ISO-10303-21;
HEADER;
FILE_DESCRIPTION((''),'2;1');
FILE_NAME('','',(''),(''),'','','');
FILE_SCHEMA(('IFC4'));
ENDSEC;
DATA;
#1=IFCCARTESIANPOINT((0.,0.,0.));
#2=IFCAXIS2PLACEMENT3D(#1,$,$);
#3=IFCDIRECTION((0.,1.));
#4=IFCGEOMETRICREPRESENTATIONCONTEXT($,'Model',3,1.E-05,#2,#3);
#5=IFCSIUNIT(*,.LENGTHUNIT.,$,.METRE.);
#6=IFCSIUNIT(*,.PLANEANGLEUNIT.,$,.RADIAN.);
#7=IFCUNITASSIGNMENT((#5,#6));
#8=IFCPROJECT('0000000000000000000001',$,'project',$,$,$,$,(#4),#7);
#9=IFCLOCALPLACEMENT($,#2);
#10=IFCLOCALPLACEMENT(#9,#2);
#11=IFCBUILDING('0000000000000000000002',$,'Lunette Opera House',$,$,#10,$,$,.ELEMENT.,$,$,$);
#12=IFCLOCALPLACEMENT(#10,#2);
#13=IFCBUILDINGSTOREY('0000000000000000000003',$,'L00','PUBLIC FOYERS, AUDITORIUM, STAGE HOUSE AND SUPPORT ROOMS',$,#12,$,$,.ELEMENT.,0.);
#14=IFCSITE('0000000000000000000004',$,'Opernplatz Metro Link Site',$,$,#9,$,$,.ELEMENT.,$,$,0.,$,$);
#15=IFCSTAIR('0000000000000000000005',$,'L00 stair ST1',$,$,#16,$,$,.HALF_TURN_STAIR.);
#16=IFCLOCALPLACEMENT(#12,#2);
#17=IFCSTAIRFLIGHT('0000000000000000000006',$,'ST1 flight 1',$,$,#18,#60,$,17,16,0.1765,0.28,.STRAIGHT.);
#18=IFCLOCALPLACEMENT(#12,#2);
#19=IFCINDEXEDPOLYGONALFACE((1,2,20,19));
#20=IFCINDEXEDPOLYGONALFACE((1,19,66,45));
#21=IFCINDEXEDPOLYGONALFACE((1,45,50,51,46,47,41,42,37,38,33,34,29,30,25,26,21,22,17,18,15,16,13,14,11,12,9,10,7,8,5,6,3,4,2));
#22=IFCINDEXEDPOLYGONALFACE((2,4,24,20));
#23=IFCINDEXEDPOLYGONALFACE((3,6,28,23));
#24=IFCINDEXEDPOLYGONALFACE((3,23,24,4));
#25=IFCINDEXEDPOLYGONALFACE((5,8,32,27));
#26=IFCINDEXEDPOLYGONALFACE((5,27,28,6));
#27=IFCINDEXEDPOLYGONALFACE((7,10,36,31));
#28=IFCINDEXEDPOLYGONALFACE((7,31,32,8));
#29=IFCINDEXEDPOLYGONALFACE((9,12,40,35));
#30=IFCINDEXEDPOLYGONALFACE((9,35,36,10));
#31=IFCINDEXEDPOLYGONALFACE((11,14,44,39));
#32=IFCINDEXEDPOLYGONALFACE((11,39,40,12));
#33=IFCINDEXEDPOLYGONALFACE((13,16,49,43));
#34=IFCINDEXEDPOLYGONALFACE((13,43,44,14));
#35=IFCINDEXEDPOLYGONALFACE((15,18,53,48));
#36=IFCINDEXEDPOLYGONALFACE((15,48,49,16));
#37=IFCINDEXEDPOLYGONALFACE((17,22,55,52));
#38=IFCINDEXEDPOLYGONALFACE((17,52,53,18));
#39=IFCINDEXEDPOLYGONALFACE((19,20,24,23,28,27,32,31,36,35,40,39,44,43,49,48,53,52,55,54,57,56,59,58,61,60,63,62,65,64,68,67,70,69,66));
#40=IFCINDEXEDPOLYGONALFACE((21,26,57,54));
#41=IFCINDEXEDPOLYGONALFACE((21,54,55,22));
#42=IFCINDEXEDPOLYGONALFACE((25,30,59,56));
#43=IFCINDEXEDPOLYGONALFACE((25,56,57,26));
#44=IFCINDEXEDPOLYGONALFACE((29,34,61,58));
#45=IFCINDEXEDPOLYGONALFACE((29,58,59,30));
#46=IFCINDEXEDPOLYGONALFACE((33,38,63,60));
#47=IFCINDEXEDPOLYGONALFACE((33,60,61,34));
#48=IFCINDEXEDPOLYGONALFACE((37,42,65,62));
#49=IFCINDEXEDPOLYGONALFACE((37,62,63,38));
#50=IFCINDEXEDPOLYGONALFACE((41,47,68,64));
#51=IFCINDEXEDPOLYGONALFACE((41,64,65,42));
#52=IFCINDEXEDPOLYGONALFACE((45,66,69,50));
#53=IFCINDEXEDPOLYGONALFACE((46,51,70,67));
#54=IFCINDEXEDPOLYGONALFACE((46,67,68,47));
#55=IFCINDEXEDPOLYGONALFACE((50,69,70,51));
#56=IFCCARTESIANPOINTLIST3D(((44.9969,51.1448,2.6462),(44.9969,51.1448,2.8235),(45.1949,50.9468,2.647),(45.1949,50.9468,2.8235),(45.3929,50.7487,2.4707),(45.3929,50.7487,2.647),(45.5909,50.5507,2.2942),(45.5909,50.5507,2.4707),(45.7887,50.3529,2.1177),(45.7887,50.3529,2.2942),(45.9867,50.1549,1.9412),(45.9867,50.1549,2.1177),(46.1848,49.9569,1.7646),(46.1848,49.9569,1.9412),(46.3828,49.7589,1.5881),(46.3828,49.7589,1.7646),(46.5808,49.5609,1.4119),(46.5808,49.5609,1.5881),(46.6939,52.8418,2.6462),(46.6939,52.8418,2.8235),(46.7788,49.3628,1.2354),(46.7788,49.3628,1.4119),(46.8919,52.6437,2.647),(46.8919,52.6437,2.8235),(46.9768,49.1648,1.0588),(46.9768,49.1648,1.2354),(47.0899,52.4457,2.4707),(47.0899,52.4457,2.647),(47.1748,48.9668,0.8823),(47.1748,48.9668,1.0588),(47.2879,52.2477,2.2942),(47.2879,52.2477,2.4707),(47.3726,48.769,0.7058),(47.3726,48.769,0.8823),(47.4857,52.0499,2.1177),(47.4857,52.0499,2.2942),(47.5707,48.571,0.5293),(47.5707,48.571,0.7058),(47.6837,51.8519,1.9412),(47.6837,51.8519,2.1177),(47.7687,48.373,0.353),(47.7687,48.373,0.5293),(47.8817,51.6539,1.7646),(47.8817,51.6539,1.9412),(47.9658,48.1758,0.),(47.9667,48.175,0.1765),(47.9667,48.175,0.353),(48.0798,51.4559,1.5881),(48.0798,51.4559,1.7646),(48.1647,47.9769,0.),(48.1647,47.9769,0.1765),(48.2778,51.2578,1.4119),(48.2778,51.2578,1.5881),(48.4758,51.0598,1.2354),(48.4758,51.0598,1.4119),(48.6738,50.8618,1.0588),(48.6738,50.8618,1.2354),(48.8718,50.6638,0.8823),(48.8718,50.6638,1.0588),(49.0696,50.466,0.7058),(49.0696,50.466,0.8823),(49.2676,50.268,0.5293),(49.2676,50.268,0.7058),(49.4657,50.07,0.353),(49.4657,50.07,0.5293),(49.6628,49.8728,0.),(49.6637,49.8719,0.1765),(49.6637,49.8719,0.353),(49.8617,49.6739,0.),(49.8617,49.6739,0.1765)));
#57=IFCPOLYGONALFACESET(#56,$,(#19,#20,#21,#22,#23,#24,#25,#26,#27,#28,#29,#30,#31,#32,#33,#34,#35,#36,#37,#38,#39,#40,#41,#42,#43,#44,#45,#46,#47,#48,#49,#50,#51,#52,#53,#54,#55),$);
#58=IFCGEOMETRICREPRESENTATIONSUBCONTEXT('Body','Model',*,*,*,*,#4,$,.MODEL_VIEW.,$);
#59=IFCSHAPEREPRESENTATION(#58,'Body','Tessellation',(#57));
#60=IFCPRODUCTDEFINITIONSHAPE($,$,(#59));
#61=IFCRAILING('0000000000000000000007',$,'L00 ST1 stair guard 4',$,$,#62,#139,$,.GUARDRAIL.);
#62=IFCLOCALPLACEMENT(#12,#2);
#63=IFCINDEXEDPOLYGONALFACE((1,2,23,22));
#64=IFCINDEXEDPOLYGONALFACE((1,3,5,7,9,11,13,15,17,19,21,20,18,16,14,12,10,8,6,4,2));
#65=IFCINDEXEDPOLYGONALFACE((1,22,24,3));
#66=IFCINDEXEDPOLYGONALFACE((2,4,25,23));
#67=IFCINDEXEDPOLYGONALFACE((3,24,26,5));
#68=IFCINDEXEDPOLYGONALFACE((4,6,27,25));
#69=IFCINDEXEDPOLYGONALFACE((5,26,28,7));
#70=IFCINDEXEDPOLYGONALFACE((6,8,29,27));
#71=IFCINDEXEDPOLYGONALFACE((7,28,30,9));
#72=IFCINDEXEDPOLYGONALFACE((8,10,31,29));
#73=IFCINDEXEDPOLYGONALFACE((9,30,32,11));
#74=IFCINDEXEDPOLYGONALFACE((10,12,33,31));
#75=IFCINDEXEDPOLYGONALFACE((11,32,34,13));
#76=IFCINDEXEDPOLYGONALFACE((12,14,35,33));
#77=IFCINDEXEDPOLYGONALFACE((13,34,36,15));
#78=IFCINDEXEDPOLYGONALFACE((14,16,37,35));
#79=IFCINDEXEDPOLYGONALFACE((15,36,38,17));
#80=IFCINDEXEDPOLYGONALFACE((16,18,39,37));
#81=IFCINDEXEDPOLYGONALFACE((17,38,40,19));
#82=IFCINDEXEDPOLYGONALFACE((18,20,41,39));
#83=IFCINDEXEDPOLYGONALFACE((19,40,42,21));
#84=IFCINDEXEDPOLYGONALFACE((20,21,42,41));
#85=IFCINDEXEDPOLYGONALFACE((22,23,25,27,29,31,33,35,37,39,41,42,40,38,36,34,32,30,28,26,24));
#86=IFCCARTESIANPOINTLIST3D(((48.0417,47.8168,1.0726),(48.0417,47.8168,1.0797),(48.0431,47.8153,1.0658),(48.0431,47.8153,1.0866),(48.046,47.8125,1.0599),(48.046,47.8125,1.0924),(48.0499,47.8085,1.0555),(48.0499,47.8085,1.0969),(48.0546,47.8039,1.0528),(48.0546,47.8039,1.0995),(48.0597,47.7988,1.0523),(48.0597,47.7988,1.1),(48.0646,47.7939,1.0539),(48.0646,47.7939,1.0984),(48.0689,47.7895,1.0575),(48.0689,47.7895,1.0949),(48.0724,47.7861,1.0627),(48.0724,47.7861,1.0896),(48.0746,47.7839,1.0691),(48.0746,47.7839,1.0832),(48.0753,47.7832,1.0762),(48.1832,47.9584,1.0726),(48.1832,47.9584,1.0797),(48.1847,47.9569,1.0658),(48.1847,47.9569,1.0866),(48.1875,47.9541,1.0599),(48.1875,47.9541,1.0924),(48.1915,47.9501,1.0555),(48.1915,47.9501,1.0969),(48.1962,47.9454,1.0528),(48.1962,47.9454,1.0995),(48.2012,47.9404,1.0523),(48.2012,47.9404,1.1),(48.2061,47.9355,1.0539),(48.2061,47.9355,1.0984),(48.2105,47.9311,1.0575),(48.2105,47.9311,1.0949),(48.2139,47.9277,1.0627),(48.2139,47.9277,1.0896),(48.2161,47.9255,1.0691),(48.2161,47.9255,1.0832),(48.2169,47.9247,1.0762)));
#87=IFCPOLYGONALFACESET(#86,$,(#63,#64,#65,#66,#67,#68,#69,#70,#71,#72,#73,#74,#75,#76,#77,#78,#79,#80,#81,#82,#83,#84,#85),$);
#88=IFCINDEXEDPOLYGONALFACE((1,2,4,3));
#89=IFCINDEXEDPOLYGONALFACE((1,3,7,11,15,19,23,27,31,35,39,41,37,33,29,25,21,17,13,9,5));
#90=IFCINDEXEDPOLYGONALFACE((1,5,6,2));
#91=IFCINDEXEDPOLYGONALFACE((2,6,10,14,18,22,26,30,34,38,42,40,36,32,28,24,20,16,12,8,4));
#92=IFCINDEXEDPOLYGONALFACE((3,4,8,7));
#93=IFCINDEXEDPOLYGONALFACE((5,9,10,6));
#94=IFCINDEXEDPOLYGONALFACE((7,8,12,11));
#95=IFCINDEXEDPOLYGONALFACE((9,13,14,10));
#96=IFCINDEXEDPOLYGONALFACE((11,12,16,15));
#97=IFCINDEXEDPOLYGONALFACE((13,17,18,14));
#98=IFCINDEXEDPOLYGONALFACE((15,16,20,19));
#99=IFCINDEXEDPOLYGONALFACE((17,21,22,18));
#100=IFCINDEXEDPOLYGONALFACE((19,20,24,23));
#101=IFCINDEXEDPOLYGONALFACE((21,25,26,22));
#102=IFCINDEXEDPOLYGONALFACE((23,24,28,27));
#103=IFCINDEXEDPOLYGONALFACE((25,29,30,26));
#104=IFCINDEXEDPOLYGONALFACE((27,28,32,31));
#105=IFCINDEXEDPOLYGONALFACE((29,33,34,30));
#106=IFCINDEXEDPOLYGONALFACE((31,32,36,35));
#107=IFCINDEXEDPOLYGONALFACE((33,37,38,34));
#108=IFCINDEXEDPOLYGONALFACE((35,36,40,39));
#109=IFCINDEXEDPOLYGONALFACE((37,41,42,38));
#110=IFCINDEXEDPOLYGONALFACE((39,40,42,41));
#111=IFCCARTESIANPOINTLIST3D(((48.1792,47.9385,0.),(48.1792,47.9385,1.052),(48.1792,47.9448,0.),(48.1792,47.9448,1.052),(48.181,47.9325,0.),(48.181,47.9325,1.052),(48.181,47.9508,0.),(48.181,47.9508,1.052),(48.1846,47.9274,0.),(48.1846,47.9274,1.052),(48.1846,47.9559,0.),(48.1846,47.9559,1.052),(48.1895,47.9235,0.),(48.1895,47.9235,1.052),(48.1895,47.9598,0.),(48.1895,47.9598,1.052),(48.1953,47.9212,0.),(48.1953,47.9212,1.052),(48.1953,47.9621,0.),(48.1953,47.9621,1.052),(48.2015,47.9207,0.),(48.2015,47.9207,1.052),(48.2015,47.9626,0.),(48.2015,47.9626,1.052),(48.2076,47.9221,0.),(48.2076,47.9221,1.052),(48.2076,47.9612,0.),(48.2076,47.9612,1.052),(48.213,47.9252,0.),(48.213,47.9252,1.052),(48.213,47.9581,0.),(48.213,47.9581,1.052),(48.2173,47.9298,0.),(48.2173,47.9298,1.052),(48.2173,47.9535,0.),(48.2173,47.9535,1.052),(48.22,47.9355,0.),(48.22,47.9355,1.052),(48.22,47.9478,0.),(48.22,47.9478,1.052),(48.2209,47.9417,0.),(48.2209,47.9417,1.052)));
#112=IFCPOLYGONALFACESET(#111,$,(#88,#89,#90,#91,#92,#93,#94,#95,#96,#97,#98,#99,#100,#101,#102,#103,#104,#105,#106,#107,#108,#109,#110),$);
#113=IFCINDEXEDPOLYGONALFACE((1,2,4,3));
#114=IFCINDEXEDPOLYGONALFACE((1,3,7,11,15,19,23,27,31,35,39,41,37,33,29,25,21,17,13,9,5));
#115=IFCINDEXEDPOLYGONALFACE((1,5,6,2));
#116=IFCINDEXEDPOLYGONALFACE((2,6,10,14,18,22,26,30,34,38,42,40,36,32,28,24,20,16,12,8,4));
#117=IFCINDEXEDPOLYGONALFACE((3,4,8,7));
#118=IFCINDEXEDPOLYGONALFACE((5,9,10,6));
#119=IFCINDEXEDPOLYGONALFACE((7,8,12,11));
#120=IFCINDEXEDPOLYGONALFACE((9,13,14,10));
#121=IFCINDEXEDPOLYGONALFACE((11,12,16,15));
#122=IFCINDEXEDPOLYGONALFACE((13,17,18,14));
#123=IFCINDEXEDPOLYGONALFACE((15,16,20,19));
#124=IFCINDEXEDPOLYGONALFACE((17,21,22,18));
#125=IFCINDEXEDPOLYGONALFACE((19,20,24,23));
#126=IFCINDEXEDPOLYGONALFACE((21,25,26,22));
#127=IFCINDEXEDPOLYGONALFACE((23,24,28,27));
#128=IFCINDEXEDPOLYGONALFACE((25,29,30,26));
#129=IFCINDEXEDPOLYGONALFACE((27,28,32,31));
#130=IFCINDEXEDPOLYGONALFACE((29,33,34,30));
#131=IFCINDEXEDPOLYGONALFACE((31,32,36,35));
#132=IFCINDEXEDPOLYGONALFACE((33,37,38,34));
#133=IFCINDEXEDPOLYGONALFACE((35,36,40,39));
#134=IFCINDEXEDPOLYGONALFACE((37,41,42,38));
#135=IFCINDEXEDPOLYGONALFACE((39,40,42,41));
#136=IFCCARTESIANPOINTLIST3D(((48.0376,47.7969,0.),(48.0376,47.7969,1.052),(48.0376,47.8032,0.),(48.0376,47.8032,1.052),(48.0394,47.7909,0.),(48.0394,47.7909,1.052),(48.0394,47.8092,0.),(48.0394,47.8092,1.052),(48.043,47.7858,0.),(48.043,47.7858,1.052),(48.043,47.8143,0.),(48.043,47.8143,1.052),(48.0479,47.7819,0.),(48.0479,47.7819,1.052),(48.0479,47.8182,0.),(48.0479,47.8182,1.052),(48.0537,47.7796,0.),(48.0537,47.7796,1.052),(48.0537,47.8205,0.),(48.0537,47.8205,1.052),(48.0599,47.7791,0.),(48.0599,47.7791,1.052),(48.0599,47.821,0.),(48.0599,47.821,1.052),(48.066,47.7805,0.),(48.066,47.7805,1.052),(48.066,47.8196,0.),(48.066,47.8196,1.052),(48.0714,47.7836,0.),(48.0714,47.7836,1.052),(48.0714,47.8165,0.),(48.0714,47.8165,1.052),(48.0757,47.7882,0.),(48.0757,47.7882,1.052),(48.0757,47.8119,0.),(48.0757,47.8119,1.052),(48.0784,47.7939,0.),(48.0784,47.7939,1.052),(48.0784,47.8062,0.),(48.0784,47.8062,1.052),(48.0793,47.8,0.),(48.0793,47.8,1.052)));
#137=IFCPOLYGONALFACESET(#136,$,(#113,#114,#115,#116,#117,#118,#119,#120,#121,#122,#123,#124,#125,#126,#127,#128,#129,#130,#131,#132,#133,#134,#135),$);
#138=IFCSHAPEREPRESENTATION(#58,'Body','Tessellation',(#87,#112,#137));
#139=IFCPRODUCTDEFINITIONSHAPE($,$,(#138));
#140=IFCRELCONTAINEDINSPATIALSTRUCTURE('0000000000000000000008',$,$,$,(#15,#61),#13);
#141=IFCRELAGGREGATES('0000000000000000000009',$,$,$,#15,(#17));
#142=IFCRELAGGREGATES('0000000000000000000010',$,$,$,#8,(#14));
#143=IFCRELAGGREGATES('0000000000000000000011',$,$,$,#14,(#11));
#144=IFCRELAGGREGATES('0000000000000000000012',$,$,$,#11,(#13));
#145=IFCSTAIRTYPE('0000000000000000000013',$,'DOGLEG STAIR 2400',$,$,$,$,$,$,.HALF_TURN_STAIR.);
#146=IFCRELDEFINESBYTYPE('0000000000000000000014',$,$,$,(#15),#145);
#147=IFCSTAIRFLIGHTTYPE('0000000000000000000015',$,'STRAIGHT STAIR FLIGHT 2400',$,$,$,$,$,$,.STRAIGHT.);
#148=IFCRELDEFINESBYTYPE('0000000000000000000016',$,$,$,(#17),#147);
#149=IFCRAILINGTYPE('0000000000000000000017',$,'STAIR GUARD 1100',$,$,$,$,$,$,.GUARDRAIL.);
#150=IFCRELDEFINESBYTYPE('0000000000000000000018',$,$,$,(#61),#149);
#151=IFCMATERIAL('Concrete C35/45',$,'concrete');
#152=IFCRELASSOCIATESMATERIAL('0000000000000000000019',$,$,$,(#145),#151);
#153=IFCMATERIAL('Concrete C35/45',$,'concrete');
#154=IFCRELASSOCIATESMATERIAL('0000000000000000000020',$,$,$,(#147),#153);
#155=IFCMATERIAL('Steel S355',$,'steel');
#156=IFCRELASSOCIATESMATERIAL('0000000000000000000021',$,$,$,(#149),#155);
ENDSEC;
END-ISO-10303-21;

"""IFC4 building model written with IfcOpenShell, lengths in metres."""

from ifc_helpers import new_model, si_unit, direction, frame, origin, origin_2d, place, context, subcontext, project, spatial, polyline, circle, outline, extrude, material, type_object, element, aggregate, save


model = new_model("IFC4")

# Units and contexts
model_context = context("Model", 3, precision=1e-05, world=origin(), true_north=direction((0.0, 1.0)))
body_context = subcontext(model_context, "Body", "Model", "MODEL_VIEW")
ifc_project = project(units=[si_unit("LENGTHUNIT", "METRE"), si_unit("PLANEANGLEUNIT", "RADIAN")], contexts=[model_context])

# Site, building, storey
site_placement = place(None, origin())
site = spatial("IfcSite", under=ifc_project, at=site_placement, Name="Opernplatz Metro Link Site", CompositionType="ELEMENT", RefElevation=0.0)
building_placement = place(site_placement, origin())
building = spatial("IfcBuilding", under=site, at=building_placement, Name="Lunette Opera House", CompositionType="ELEMENT")
storey_placement = place(building_placement, origin())
storey = spatial("IfcBuildingStorey", under=building, at=storey_placement, Name="L00", Description="PUBLIC FOYERS, AUDITORIUM, STAGE HOUSE AND SUPPORT ROOMS", CompositionType="ELEMENT", Elevation=0.0)

# Stair, stair flight
ifc_material_1 = material(Name="Concrete C35/45", Category="concrete")
stair_type = type_object("IfcStairType", Name="DOGLEG STAIR 2400", PredefinedType="HALF_TURN_STAIR", material=ifc_material_1)
stair_placement = place(storey_placement, origin())
stair = element("IfcStair", 1, at=stair_placement, inside=storey, type_object=stair_type, Name="L00 stair ST1", PredefinedType="HALF_TURN_STAIR")
ifc_material_2 = material(Name="Concrete C35/45", Category="concrete")
stair_flight_type = type_object("IfcStairFlightType", Name="STRAIGHT STAIR FLIGHT 2400", PredefinedType="STRAIGHT", material=ifc_material_2)
stair_flight_placement = place(storey_placement, frame((49.0132, 48.8254, 0.0), z_axis=(0.0, 0.0, 1.0), x_axis=(-0.707107, 0.707107, 0.0)))
stair_flight = element("IfcStairFlight", 2, at=stair_flight_placement, type_object=stair_flight_type, Name="ST1 flight 1", NumberOfRisers=17, NumberOfTreads=16, PredefinedType="STRAIGHT", RiserHeight=0.1765, TreadLength=0.28, context=body_context, shape_type="SweptSolid", body=[
    extrude(outline(polyline([(0.0, 0.0), (0.0, 0.1765), (0.28, 0.1765), (0.28, 0.353), (0.5601, 0.353), (0.5601, 0.5293), (0.8401, 0.5293), (0.8401, 0.7058), (1.1201, 0.7058), (1.1201, 0.8823), (1.3999, 0.8823), (1.3999, 1.0588), (1.6799, 1.0588), (1.6799, 1.2354), (1.96, 1.2354), (1.96, 1.4119), (2.24, 1.4119), (2.24, 1.5881), (2.52, 1.5881), (2.52, 1.7646), (2.8, 1.7646), (2.8, 1.9412), (3.0801, 1.9412), (3.0801, 2.1177), (3.3601, 2.1177), (3.3601, 2.2942), (3.6399, 2.2942), (3.6399, 2.4707), (3.9199, 2.4707), (3.9199, 2.647), (4.2, 2.647), (4.2, 2.8235), (4.48, 2.8235), (4.48, 3.0), (4.48, 2.6462), (0.2812, 0.0), (0.0, 0.0)])), frame((0.0, 1.2, 0.0), z_axis=(0.0, -1.0, 0.0), x_axis=(1.0, 0.0, 0.0)), (0.0, 0.0, 1.0), 2.3999),
])
aggregate(stair, [stair_flight])

# Railing
ifc_material_3 = material(Name="Steel S355", Category="steel")
railing_type_1 = type_object("IfcRailingType", Name="STAIR GUARD 1100", PredefinedType="GUARDRAIL", material=ifc_material_3)
railing_1_placement = place(storey_placement, frame((48.2, 47.9417, 0.0)))
element("IfcRailing", 3, at=railing_1_placement, inside=storey, type_object=railing_type_1, Name="L00 ST1 stair guard 4", PredefinedType="GUARDRAIL", context=body_context, shape_type="SweptSolid", body=[
    extrude(circle(Radius=0.0239, at=origin_2d()), frame((0.0, 0.0, 1.0762), z_axis=(-0.707107, -0.707107, 0.0), x_axis=(0.707107, -0.707107, 0.0)), (0.0, 0.0, 1.0), 0.2002),
    extrude(circle(Radius=0.021, at=origin_2d()), origin(), (0.0, 0.0, 1.0), 1.052),
    extrude(circle(Radius=0.021, at=origin_2d()), frame((-0.1416, -0.1416, 0.0)), (0.0, 0.0, 1.0), 1.052),
])

save(model, "model.ifc")
